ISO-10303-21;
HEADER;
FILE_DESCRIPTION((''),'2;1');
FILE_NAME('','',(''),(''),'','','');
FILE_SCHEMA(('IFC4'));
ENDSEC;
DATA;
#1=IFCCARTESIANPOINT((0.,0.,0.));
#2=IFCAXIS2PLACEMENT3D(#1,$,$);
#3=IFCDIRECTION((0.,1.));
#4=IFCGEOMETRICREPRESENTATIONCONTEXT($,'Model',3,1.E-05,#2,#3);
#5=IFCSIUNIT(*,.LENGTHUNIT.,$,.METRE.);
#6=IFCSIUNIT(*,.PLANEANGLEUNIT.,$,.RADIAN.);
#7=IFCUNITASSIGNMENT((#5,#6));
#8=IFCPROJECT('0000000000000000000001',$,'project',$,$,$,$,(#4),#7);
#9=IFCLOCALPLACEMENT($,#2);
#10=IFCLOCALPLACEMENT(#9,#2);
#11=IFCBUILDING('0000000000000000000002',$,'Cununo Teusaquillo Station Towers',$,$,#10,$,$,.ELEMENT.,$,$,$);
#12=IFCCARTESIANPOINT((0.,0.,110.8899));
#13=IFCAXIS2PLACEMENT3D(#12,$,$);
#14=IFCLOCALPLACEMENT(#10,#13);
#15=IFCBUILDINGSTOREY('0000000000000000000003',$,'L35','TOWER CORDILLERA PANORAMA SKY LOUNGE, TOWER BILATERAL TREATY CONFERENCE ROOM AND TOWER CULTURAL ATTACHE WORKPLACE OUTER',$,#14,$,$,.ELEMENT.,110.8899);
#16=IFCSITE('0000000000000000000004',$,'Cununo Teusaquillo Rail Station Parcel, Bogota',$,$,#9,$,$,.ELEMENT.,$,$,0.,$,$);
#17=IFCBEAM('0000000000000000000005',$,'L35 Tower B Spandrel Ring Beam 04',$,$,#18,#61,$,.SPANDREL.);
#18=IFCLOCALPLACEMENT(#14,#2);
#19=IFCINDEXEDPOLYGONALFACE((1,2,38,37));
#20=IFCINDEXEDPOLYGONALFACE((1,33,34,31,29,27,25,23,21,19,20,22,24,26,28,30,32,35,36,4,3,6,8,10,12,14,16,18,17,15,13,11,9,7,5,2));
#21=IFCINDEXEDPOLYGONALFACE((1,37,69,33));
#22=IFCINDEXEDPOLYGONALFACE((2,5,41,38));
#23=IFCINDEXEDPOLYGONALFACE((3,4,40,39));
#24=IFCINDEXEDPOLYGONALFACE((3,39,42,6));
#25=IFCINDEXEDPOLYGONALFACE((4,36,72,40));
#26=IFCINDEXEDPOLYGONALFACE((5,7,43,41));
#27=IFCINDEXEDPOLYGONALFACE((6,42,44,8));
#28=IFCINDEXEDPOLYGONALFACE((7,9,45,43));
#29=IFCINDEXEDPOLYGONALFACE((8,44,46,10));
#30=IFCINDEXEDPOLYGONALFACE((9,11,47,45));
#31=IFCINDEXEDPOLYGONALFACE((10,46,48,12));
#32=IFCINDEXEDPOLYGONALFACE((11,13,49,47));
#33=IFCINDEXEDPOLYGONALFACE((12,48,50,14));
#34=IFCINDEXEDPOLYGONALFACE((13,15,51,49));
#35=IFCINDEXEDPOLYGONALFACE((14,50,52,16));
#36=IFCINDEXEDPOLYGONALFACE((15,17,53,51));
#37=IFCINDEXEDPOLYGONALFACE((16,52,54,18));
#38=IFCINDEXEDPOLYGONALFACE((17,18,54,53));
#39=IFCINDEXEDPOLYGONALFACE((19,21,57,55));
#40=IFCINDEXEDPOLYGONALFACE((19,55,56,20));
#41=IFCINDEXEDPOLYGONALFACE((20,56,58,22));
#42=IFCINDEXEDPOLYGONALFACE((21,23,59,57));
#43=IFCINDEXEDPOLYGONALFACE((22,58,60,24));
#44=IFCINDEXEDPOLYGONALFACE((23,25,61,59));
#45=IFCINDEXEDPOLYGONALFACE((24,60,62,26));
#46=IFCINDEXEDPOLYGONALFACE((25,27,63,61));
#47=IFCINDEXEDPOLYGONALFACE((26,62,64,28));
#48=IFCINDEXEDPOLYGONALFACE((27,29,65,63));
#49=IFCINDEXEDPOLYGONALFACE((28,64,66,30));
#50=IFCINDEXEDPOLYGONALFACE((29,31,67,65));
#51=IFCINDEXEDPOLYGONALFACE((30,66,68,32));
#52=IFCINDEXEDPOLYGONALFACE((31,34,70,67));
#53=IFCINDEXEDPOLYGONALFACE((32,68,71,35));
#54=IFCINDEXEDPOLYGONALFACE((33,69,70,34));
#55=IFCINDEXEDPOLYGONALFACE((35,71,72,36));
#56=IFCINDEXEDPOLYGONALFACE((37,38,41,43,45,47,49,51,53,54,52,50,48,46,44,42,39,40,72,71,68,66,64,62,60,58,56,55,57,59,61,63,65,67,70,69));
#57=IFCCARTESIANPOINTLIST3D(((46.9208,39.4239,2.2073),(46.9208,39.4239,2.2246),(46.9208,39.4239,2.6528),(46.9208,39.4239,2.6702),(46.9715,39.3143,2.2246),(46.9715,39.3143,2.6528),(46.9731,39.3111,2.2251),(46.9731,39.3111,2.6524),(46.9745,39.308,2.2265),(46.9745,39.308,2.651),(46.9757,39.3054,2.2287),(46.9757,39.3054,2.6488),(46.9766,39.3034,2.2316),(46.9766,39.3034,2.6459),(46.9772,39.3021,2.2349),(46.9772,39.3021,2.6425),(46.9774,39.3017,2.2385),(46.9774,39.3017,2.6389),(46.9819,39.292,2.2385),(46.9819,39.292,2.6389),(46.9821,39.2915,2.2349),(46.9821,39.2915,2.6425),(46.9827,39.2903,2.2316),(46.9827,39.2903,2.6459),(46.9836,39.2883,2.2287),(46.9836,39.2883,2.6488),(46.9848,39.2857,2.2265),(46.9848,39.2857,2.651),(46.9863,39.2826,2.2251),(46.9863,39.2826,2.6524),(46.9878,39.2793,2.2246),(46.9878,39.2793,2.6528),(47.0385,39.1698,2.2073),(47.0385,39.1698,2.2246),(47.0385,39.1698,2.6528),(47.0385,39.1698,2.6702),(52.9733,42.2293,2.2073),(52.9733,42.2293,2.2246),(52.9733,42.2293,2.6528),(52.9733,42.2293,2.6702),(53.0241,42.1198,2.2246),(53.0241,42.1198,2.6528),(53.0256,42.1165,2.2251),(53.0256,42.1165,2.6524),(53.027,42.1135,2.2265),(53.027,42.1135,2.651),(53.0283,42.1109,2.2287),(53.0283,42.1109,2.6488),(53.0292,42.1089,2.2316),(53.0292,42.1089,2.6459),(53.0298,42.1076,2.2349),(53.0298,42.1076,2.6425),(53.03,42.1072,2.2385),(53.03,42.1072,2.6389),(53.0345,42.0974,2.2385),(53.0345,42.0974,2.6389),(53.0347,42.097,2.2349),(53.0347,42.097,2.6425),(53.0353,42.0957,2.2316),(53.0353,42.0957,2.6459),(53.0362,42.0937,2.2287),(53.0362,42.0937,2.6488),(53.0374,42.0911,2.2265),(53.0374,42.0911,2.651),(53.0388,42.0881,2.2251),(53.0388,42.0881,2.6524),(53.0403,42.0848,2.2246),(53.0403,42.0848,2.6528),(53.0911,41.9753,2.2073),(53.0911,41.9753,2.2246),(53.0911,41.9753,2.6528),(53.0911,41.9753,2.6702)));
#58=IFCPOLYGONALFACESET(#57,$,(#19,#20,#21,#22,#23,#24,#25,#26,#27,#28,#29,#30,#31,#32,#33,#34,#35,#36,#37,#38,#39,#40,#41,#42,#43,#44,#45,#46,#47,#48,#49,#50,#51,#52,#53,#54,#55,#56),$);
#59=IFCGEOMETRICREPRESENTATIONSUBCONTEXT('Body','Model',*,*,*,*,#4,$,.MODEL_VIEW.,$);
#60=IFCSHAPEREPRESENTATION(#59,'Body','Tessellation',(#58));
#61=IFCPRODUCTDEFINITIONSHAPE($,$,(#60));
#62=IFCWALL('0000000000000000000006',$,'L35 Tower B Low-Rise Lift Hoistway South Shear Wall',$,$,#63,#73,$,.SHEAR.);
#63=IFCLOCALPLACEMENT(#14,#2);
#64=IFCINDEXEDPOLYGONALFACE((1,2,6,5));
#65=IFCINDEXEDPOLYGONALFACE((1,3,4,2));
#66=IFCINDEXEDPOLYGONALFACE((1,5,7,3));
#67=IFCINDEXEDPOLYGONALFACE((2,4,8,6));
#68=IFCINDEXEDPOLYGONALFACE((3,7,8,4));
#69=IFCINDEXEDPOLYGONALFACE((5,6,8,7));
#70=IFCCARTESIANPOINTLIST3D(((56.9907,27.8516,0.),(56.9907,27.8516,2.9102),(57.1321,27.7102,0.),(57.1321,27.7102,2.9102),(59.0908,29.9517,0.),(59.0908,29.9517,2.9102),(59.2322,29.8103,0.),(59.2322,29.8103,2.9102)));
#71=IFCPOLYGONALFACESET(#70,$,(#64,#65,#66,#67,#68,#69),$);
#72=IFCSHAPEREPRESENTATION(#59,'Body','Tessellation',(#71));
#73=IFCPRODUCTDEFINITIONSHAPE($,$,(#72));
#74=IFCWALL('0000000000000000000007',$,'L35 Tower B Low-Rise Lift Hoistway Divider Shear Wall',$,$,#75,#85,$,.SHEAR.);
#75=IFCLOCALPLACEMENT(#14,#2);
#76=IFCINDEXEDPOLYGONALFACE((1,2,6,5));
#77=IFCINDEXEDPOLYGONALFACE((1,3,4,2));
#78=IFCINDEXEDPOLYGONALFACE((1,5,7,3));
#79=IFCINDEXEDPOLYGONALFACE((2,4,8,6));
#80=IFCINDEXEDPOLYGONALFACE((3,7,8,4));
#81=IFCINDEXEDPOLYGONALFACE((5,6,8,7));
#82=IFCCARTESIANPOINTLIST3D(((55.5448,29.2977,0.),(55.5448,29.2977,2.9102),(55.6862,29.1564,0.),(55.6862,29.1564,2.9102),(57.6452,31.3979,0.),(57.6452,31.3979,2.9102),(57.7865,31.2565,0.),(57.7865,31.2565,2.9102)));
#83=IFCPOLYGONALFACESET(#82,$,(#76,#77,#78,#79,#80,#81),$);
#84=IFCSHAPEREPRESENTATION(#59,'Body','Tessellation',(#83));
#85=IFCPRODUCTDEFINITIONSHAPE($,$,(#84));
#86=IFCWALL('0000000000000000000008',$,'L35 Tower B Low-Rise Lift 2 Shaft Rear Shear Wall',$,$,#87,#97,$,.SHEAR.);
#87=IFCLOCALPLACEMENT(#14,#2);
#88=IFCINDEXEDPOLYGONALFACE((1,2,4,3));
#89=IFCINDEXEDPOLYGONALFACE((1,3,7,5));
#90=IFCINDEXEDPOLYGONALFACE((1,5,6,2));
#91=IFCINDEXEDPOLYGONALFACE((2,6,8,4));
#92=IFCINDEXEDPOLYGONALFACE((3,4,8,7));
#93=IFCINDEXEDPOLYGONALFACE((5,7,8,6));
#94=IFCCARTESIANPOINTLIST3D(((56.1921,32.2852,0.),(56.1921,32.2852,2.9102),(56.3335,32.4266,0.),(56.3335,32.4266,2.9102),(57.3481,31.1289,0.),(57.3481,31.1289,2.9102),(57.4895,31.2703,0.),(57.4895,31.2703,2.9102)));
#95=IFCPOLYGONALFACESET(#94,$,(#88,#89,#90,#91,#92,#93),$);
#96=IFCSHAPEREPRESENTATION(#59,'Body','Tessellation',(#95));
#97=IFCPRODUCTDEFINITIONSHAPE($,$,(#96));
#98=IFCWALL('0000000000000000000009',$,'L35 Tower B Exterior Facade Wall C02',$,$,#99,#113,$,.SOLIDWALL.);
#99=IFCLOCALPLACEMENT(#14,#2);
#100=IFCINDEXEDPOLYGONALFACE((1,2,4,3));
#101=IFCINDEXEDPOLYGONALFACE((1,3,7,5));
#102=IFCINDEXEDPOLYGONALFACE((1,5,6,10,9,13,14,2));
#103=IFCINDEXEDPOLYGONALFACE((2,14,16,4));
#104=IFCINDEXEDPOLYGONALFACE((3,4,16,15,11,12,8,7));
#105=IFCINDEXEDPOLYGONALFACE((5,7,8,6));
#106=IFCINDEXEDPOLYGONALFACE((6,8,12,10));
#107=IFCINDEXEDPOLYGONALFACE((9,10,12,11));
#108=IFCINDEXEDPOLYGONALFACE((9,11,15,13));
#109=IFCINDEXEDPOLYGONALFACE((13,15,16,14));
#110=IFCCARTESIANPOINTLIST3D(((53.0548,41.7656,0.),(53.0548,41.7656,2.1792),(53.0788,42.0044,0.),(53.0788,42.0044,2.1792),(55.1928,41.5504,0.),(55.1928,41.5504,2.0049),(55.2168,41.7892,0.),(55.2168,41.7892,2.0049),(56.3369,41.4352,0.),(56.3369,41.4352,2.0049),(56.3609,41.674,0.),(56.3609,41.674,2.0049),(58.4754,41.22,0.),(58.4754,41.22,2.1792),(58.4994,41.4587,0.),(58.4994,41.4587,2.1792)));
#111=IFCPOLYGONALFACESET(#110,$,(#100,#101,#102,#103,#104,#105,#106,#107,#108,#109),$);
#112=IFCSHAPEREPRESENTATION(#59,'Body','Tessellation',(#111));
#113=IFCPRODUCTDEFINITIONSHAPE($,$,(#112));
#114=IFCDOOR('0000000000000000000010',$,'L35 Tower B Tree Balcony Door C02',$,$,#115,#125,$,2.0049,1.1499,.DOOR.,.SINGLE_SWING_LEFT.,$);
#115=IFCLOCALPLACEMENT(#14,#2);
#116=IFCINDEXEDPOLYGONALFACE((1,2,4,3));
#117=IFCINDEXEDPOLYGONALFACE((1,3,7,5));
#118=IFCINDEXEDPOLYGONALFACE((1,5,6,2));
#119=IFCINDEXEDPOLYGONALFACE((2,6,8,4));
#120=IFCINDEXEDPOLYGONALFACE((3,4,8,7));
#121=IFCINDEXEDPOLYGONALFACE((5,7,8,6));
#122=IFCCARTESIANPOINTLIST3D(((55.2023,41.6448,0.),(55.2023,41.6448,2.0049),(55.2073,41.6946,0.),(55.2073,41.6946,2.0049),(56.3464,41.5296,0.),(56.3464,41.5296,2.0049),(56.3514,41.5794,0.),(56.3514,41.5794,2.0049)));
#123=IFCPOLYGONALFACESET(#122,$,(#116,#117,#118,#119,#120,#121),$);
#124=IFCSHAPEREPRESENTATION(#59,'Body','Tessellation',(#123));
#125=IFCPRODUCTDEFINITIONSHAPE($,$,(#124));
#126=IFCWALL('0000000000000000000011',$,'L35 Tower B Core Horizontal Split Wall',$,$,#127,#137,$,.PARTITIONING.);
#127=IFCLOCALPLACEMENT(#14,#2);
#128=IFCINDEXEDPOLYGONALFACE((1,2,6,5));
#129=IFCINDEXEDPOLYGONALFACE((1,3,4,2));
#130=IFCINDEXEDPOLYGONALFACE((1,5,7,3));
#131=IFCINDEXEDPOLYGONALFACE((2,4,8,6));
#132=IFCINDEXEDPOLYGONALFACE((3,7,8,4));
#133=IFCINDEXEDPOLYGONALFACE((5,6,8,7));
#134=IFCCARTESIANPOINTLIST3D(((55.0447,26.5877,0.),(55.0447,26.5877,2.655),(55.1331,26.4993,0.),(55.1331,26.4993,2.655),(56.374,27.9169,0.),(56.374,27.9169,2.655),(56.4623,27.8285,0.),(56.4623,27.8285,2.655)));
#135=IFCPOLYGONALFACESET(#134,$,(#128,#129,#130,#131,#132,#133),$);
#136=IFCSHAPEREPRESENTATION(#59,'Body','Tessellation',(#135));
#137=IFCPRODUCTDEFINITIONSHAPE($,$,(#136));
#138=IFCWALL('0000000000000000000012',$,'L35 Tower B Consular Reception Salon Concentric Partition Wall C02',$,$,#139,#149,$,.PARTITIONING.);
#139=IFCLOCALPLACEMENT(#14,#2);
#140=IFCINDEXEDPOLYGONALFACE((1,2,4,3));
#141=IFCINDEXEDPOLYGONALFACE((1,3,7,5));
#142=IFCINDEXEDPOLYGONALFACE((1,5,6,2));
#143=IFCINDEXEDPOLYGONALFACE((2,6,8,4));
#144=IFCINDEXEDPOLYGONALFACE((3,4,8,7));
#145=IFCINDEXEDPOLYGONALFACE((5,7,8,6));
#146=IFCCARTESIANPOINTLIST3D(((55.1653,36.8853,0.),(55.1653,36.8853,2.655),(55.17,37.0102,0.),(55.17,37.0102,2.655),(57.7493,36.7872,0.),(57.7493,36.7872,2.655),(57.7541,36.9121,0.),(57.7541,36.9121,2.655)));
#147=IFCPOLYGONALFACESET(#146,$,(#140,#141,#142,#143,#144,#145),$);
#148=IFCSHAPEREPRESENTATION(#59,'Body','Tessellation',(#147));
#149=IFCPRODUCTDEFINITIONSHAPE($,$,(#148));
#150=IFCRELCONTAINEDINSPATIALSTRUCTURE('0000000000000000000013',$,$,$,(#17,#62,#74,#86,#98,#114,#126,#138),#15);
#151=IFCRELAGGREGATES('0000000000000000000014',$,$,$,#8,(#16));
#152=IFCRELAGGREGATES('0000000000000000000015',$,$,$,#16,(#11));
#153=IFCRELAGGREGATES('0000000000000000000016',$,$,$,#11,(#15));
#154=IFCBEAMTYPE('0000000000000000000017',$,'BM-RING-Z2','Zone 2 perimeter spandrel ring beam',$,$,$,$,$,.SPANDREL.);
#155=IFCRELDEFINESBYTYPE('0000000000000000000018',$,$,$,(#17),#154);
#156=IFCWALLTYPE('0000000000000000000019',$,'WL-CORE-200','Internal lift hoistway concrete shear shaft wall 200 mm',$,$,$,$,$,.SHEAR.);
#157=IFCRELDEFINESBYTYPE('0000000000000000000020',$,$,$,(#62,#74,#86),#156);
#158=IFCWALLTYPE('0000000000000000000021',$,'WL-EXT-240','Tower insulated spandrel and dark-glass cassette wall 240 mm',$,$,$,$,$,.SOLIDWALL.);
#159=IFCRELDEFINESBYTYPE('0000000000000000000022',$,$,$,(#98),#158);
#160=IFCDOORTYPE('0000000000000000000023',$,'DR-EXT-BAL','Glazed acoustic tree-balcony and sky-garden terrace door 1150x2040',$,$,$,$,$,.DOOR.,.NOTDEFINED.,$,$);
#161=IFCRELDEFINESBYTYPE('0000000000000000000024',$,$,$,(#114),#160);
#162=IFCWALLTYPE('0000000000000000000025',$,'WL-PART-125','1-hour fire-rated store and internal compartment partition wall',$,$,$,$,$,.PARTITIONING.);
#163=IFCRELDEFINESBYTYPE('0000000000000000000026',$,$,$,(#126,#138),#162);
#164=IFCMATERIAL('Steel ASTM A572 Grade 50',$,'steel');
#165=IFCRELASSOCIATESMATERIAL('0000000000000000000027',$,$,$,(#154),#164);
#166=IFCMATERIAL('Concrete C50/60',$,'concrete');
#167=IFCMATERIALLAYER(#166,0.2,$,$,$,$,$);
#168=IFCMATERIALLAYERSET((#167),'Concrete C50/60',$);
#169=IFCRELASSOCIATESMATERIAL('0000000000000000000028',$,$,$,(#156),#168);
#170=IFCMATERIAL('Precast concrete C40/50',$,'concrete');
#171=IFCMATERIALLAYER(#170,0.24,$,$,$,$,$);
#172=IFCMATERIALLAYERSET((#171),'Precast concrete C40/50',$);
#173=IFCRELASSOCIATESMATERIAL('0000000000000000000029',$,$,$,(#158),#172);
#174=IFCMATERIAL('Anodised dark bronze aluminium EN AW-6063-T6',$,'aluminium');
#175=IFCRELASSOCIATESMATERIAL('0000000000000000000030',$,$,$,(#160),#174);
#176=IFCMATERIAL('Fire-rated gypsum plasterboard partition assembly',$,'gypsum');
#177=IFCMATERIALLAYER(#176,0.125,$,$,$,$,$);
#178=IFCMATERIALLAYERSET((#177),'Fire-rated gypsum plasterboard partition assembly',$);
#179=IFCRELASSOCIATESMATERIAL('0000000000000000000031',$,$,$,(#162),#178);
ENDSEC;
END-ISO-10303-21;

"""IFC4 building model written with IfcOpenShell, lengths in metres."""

from ifc_helpers import new_model, si_unit, direction, frame, frame_2d, origin, origin_2d, place, context, subcontext, project, spatial, rectangle, i_section, extrude, source, transform, mapped, material, layer, layer_set, material_profile, profile_set, type_object, element, fill, save


model = new_model("IFC4")

# Units and contexts
model_context = context("Model", 3, precision=1e-05, world=origin(), true_north=direction((0.0, 1.0)))
body_context = subcontext(model_context, "Body", "Model", "MODEL_VIEW")
ifc_project = project(units=[si_unit("LENGTHUNIT", "METRE"), si_unit("PLANEANGLEUNIT", "RADIAN")], contexts=[model_context])

# Site, building, storey
site_placement = place(None, origin())
site = spatial("IfcSite", under=ifc_project, at=site_placement, Name="Cununo Teusaquillo Rail Station Parcel, Bogota", CompositionType="ELEMENT", RefElevation=0.0)
building_placement = place(site_placement, origin())
building = spatial("IfcBuilding", under=site, at=building_placement, Name="Cununo Teusaquillo Station Towers", CompositionType="ELEMENT")
storey_placement = place(building_placement, frame((0.0, 0.0, 110.8899)))
storey = spatial("IfcBuildingStorey", under=building, at=storey_placement, Name="L35", Description="TOWER CORDILLERA PANORAMA SKY LOUNGE, TOWER BILATERAL TREATY CONFERENCE ROOM AND TOWER CULTURAL ATTACHE WORKPLACE OUTER", CompositionType="ELEMENT", Elevation=110.8899)

# Beam
ifc_material_1 = material(Name="Steel ASTM A572 Grade 50", Category="steel")
ifc_material_profile_1 = material_profile(ifc_material_1, i_section(OverallWidth=0.28, OverallDepth=0.4629, WebThickness=0.0107, FlangeThickness=0.0173, FilletRadius=0.0139, at=origin_2d()), Name="W18X76")
ifc_profile_set_1 = profile_set([ifc_material_profile_1], Name="Steel ASTM A572 Grade 50")
beam_type_1 = type_object("IfcBeamType", Name="BM-RING-Z2", Description="Zone 2 perimeter spandrel ring beam", PredefinedType="SPANDREL", material=ifc_profile_set_1)
beam_1_placement = place(storey_placement, frame((53.0322, 42.1023, 2.4387), z_axis=(-0.907276, -0.420536, 0.0), x_axis=(0.420536, -0.907276, 0.0)))
element("IfcBeam", 1, at=beam_1_placement, inside=storey, type_object=beam_type_1, Name="L35 Tower B Spandrel Ring Beam 04", PredefinedType="SPANDREL", context=body_context, shape_type="SweptSolid", body=[
    extrude(i_section(OverallWidth=0.28, OverallDepth=0.4629, WebThickness=0.0107, FlangeThickness=0.0173, FilletRadius=0.0139, at=origin_2d()), origin(), (0.0, 0.0, 1.0), 6.6711),
])

# Walls
ifc_material_2 = material(Name="Concrete C50/60", Category="concrete")
ifc_layer_1 = layer(ifc_material_2, 0.2)
ifc_layer_set_1 = layer_set([ifc_layer_1], Name="Concrete C50/60")
wall_type_1 = type_object("IfcWallType", Name="WL-CORE-200", Description="Internal lift hoistway concrete shear shaft wall 200 mm", PredefinedType="SHEAR", material=ifc_layer_set_1)
wall_1_placement = place(storey_placement, frame((57.0615, 27.781, 0.0), z_axis=(0.0, 0.0, 1.0), x_axis=(0.707107, 0.707107, 0.0)))
element("IfcWall", 2, at=wall_1_placement, inside=storey, type_object=wall_type_1, Name="L35 Tower B Low-Rise Lift Hoistway South Shear Wall", PredefinedType="SHEAR", context=body_context, shape_type="SweptSolid", body=[
    extrude(rectangle(XDim=2.97, YDim=0.2, at=frame_2d((1.4849, 0.0))), origin(), (0.0, 0.0, 1.0), 2.9102),
])
wall_2_placement = place(storey_placement, frame((55.6155, 29.2271, 0.0), z_axis=(0.0, 0.0, 1.0), x_axis=(0.707148, 0.707066, 0.0)))
element("IfcWall", 3, at=wall_2_placement, inside=storey, type_object=wall_type_1, Name="L35 Tower B Low-Rise Lift Hoistway Divider Shear Wall", PredefinedType="SHEAR", context=body_context, shape_type="SweptSolid", body=[
    extrude(rectangle(XDim=2.9702, YDim=0.2, at=frame_2d((1.4851, 0.0))), origin(), (0.0, 0.0, 1.0), 2.9102),
])
wall_3_placement = place(storey_placement, frame((57.4187, 31.1997, 0.0), z_axis=(0.0, 0.0, 1.0), x_axis=(-0.707032, 0.707181, 0.0)))
element("IfcWall", 4, at=wall_3_placement, inside=storey, type_object=wall_type_1, Name="L35 Tower B Low-Rise Lift 2 Shaft Rear Shear Wall", PredefinedType="SHEAR", context=body_context, shape_type="SweptSolid", body=[
    extrude(rectangle(XDim=1.635, YDim=0.2, at=frame_2d((0.8174, 0.0))), origin(), (0.0, 0.0, 1.0), 2.9102),
])

# Wall, opening, door
ifc_material_3 = material(Name="Precast concrete C40/50", Category="concrete")
ifc_layer_2 = layer(ifc_material_3, 0.24)
ifc_layer_set_2 = layer_set([ifc_layer_2], Name="Precast concrete C40/50")
wall_type_2 = type_object("IfcWallType", Name="WL-EXT-240", Description="Tower insulated spandrel and dark-glass cassette wall 240 mm", PredefinedType="SOLIDWALL", material=ifc_layer_set_2)
wall_4_placement = place(storey_placement, frame((53.0667, 41.885, 0.0), z_axis=(0.0, 0.0, 1.0), x_axis=(0.994972, -0.100156, 0.0)))
wall_4 = element("IfcWall", 5, at=wall_4_placement, inside=storey, type_object=wall_type_2, Name="L35 Tower B Exterior Facade Wall C02", PredefinedType="SOLIDWALL", context=body_context, shape_type="SweptSolid", body=[
    extrude(rectangle(XDim=5.448, YDim=0.24, at=frame_2d((2.7241, 0.0))), origin(), (0.0, 0.0, 1.0), 2.1792),
])
shared_shape_1 = source(origin(), body_context, "Body", "SweptSolid", [
    extrude(rectangle(XDim=1.1499, YDim=2.0049, at=frame_2d((0.575, 1.0024))), frame((0.0, 0.1299, 0.0), z_axis=(0.0, -1.0, 0.0), x_axis=(1.0, 0.0, 0.0)), (0.0, 0.0, 1.0), 0.26),
])
opening_1_placement = place(wall_4_placement, frame((2.1489, 0.0, 0.0)))
opening_1 = element("IfcOpeningElement", 6, at=opening_1_placement, cuts=wall_4, PredefinedType="OPENING", context=body_context, shape_type="MappedRepresentation", body=[
    mapped(shared_shape_1, transform((0.0, 0.0, 0.0), x_axis=(1.0, 0.0, 0.0), y_axis=(0.0, 1.0, 0.0), z_axis=(0.0, 0.0, 1.0), scale=1.0)),
])
ifc_material_4 = material(Name="Anodised dark bronze aluminium EN AW-6063-T6", Category="aluminium")
door_type_1 = type_object("IfcDoorType", Name="DR-EXT-BAL", Description="Glazed acoustic tree-balcony and sky-garden terrace door 1150x2040", OperationType="NOTDEFINED", PredefinedType="DOOR", material=ifc_material_4)
shared_shape_2 = source(origin(), body_context, "Body", "SweptSolid", [
    extrude(rectangle(XDim=1.1499, YDim=2.0049, at=frame_2d((0.575, 1.0024))), frame((0.0, 0.0249, 0.0), z_axis=(0.0, -1.0, 0.0), x_axis=(1.0, 0.0, 0.0)), (0.0, 0.0, 1.0), 0.05),
])
door_1_placement = place(opening_1_placement, origin())
door_1 = element("IfcDoor", 7, at=door_1_placement, inside=storey, type_object=door_type_1, Name="L35 Tower B Tree Balcony Door C02", OperationType="SINGLE_SWING_LEFT", OverallHeight=2.0049, OverallWidth=1.1499, PredefinedType="DOOR", context=body_context, shape_type="MappedRepresentation", body=[
    mapped(shared_shape_2, transform((0.0, 0.0, 0.0), x_axis=(1.0, 0.0, 0.0), y_axis=(0.0, 1.0, 0.0), z_axis=(0.0, 0.0, 1.0), scale=1.0)),
])
fill(opening_1, door_1)

# Walls
ifc_material_5 = material(Name="Fire-rated gypsum plasterboard partition assembly", Category="gypsum")
ifc_layer_3 = layer(ifc_material_5, 0.125)
ifc_layer_set_3 = layer_set([ifc_layer_3], Name="Fire-rated gypsum plasterboard partition assembly")
wall_type_3 = type_object("IfcWallType", Name="WL-PART-125", Description="1-hour fire-rated store and internal compartment partition wall", PredefinedType="PARTITIONING", material=ifc_layer_set_3)
wall_5_placement = place(storey_placement, frame((55.0889, 26.5435, 0.0), z_axis=(0.0, 0.0, 1.0), x_axis=(0.707107, 0.707107, 0.0)))
element("IfcWall", 8, at=wall_5_placement, inside=storey, type_object=wall_type_3, Name="L35 Tower B Core Horizontal Split Wall", PredefinedType="PARTITIONING", context=body_context, shape_type="SweptSolid", body=[
    extrude(rectangle(XDim=1.8799, YDim=0.125, at=frame_2d((0.9399, 0.0))), origin(), (0.0, 0.0, 1.0), 2.655),
])
wall_6_placement = place(storey_placement, frame((57.7517, 36.8496, 0.0), z_axis=(0.0, 0.0, 1.0), x_axis=(-0.999279, 0.037954, 0.0)))
element("IfcWall", 9, at=wall_6_placement, inside=storey, type_object=wall_type_3, Name="L35 Tower B Consular Reception Salon Concentric Partition Wall C02", PredefinedType="PARTITIONING", context=body_context, shape_type="SweptSolid", body=[
    extrude(rectangle(XDim=2.5859, YDim=0.125, at=frame_2d((1.293, 0.0))), origin(), (0.0, 0.0, 1.0), 2.655),
])

save(model, "model.ifc")
